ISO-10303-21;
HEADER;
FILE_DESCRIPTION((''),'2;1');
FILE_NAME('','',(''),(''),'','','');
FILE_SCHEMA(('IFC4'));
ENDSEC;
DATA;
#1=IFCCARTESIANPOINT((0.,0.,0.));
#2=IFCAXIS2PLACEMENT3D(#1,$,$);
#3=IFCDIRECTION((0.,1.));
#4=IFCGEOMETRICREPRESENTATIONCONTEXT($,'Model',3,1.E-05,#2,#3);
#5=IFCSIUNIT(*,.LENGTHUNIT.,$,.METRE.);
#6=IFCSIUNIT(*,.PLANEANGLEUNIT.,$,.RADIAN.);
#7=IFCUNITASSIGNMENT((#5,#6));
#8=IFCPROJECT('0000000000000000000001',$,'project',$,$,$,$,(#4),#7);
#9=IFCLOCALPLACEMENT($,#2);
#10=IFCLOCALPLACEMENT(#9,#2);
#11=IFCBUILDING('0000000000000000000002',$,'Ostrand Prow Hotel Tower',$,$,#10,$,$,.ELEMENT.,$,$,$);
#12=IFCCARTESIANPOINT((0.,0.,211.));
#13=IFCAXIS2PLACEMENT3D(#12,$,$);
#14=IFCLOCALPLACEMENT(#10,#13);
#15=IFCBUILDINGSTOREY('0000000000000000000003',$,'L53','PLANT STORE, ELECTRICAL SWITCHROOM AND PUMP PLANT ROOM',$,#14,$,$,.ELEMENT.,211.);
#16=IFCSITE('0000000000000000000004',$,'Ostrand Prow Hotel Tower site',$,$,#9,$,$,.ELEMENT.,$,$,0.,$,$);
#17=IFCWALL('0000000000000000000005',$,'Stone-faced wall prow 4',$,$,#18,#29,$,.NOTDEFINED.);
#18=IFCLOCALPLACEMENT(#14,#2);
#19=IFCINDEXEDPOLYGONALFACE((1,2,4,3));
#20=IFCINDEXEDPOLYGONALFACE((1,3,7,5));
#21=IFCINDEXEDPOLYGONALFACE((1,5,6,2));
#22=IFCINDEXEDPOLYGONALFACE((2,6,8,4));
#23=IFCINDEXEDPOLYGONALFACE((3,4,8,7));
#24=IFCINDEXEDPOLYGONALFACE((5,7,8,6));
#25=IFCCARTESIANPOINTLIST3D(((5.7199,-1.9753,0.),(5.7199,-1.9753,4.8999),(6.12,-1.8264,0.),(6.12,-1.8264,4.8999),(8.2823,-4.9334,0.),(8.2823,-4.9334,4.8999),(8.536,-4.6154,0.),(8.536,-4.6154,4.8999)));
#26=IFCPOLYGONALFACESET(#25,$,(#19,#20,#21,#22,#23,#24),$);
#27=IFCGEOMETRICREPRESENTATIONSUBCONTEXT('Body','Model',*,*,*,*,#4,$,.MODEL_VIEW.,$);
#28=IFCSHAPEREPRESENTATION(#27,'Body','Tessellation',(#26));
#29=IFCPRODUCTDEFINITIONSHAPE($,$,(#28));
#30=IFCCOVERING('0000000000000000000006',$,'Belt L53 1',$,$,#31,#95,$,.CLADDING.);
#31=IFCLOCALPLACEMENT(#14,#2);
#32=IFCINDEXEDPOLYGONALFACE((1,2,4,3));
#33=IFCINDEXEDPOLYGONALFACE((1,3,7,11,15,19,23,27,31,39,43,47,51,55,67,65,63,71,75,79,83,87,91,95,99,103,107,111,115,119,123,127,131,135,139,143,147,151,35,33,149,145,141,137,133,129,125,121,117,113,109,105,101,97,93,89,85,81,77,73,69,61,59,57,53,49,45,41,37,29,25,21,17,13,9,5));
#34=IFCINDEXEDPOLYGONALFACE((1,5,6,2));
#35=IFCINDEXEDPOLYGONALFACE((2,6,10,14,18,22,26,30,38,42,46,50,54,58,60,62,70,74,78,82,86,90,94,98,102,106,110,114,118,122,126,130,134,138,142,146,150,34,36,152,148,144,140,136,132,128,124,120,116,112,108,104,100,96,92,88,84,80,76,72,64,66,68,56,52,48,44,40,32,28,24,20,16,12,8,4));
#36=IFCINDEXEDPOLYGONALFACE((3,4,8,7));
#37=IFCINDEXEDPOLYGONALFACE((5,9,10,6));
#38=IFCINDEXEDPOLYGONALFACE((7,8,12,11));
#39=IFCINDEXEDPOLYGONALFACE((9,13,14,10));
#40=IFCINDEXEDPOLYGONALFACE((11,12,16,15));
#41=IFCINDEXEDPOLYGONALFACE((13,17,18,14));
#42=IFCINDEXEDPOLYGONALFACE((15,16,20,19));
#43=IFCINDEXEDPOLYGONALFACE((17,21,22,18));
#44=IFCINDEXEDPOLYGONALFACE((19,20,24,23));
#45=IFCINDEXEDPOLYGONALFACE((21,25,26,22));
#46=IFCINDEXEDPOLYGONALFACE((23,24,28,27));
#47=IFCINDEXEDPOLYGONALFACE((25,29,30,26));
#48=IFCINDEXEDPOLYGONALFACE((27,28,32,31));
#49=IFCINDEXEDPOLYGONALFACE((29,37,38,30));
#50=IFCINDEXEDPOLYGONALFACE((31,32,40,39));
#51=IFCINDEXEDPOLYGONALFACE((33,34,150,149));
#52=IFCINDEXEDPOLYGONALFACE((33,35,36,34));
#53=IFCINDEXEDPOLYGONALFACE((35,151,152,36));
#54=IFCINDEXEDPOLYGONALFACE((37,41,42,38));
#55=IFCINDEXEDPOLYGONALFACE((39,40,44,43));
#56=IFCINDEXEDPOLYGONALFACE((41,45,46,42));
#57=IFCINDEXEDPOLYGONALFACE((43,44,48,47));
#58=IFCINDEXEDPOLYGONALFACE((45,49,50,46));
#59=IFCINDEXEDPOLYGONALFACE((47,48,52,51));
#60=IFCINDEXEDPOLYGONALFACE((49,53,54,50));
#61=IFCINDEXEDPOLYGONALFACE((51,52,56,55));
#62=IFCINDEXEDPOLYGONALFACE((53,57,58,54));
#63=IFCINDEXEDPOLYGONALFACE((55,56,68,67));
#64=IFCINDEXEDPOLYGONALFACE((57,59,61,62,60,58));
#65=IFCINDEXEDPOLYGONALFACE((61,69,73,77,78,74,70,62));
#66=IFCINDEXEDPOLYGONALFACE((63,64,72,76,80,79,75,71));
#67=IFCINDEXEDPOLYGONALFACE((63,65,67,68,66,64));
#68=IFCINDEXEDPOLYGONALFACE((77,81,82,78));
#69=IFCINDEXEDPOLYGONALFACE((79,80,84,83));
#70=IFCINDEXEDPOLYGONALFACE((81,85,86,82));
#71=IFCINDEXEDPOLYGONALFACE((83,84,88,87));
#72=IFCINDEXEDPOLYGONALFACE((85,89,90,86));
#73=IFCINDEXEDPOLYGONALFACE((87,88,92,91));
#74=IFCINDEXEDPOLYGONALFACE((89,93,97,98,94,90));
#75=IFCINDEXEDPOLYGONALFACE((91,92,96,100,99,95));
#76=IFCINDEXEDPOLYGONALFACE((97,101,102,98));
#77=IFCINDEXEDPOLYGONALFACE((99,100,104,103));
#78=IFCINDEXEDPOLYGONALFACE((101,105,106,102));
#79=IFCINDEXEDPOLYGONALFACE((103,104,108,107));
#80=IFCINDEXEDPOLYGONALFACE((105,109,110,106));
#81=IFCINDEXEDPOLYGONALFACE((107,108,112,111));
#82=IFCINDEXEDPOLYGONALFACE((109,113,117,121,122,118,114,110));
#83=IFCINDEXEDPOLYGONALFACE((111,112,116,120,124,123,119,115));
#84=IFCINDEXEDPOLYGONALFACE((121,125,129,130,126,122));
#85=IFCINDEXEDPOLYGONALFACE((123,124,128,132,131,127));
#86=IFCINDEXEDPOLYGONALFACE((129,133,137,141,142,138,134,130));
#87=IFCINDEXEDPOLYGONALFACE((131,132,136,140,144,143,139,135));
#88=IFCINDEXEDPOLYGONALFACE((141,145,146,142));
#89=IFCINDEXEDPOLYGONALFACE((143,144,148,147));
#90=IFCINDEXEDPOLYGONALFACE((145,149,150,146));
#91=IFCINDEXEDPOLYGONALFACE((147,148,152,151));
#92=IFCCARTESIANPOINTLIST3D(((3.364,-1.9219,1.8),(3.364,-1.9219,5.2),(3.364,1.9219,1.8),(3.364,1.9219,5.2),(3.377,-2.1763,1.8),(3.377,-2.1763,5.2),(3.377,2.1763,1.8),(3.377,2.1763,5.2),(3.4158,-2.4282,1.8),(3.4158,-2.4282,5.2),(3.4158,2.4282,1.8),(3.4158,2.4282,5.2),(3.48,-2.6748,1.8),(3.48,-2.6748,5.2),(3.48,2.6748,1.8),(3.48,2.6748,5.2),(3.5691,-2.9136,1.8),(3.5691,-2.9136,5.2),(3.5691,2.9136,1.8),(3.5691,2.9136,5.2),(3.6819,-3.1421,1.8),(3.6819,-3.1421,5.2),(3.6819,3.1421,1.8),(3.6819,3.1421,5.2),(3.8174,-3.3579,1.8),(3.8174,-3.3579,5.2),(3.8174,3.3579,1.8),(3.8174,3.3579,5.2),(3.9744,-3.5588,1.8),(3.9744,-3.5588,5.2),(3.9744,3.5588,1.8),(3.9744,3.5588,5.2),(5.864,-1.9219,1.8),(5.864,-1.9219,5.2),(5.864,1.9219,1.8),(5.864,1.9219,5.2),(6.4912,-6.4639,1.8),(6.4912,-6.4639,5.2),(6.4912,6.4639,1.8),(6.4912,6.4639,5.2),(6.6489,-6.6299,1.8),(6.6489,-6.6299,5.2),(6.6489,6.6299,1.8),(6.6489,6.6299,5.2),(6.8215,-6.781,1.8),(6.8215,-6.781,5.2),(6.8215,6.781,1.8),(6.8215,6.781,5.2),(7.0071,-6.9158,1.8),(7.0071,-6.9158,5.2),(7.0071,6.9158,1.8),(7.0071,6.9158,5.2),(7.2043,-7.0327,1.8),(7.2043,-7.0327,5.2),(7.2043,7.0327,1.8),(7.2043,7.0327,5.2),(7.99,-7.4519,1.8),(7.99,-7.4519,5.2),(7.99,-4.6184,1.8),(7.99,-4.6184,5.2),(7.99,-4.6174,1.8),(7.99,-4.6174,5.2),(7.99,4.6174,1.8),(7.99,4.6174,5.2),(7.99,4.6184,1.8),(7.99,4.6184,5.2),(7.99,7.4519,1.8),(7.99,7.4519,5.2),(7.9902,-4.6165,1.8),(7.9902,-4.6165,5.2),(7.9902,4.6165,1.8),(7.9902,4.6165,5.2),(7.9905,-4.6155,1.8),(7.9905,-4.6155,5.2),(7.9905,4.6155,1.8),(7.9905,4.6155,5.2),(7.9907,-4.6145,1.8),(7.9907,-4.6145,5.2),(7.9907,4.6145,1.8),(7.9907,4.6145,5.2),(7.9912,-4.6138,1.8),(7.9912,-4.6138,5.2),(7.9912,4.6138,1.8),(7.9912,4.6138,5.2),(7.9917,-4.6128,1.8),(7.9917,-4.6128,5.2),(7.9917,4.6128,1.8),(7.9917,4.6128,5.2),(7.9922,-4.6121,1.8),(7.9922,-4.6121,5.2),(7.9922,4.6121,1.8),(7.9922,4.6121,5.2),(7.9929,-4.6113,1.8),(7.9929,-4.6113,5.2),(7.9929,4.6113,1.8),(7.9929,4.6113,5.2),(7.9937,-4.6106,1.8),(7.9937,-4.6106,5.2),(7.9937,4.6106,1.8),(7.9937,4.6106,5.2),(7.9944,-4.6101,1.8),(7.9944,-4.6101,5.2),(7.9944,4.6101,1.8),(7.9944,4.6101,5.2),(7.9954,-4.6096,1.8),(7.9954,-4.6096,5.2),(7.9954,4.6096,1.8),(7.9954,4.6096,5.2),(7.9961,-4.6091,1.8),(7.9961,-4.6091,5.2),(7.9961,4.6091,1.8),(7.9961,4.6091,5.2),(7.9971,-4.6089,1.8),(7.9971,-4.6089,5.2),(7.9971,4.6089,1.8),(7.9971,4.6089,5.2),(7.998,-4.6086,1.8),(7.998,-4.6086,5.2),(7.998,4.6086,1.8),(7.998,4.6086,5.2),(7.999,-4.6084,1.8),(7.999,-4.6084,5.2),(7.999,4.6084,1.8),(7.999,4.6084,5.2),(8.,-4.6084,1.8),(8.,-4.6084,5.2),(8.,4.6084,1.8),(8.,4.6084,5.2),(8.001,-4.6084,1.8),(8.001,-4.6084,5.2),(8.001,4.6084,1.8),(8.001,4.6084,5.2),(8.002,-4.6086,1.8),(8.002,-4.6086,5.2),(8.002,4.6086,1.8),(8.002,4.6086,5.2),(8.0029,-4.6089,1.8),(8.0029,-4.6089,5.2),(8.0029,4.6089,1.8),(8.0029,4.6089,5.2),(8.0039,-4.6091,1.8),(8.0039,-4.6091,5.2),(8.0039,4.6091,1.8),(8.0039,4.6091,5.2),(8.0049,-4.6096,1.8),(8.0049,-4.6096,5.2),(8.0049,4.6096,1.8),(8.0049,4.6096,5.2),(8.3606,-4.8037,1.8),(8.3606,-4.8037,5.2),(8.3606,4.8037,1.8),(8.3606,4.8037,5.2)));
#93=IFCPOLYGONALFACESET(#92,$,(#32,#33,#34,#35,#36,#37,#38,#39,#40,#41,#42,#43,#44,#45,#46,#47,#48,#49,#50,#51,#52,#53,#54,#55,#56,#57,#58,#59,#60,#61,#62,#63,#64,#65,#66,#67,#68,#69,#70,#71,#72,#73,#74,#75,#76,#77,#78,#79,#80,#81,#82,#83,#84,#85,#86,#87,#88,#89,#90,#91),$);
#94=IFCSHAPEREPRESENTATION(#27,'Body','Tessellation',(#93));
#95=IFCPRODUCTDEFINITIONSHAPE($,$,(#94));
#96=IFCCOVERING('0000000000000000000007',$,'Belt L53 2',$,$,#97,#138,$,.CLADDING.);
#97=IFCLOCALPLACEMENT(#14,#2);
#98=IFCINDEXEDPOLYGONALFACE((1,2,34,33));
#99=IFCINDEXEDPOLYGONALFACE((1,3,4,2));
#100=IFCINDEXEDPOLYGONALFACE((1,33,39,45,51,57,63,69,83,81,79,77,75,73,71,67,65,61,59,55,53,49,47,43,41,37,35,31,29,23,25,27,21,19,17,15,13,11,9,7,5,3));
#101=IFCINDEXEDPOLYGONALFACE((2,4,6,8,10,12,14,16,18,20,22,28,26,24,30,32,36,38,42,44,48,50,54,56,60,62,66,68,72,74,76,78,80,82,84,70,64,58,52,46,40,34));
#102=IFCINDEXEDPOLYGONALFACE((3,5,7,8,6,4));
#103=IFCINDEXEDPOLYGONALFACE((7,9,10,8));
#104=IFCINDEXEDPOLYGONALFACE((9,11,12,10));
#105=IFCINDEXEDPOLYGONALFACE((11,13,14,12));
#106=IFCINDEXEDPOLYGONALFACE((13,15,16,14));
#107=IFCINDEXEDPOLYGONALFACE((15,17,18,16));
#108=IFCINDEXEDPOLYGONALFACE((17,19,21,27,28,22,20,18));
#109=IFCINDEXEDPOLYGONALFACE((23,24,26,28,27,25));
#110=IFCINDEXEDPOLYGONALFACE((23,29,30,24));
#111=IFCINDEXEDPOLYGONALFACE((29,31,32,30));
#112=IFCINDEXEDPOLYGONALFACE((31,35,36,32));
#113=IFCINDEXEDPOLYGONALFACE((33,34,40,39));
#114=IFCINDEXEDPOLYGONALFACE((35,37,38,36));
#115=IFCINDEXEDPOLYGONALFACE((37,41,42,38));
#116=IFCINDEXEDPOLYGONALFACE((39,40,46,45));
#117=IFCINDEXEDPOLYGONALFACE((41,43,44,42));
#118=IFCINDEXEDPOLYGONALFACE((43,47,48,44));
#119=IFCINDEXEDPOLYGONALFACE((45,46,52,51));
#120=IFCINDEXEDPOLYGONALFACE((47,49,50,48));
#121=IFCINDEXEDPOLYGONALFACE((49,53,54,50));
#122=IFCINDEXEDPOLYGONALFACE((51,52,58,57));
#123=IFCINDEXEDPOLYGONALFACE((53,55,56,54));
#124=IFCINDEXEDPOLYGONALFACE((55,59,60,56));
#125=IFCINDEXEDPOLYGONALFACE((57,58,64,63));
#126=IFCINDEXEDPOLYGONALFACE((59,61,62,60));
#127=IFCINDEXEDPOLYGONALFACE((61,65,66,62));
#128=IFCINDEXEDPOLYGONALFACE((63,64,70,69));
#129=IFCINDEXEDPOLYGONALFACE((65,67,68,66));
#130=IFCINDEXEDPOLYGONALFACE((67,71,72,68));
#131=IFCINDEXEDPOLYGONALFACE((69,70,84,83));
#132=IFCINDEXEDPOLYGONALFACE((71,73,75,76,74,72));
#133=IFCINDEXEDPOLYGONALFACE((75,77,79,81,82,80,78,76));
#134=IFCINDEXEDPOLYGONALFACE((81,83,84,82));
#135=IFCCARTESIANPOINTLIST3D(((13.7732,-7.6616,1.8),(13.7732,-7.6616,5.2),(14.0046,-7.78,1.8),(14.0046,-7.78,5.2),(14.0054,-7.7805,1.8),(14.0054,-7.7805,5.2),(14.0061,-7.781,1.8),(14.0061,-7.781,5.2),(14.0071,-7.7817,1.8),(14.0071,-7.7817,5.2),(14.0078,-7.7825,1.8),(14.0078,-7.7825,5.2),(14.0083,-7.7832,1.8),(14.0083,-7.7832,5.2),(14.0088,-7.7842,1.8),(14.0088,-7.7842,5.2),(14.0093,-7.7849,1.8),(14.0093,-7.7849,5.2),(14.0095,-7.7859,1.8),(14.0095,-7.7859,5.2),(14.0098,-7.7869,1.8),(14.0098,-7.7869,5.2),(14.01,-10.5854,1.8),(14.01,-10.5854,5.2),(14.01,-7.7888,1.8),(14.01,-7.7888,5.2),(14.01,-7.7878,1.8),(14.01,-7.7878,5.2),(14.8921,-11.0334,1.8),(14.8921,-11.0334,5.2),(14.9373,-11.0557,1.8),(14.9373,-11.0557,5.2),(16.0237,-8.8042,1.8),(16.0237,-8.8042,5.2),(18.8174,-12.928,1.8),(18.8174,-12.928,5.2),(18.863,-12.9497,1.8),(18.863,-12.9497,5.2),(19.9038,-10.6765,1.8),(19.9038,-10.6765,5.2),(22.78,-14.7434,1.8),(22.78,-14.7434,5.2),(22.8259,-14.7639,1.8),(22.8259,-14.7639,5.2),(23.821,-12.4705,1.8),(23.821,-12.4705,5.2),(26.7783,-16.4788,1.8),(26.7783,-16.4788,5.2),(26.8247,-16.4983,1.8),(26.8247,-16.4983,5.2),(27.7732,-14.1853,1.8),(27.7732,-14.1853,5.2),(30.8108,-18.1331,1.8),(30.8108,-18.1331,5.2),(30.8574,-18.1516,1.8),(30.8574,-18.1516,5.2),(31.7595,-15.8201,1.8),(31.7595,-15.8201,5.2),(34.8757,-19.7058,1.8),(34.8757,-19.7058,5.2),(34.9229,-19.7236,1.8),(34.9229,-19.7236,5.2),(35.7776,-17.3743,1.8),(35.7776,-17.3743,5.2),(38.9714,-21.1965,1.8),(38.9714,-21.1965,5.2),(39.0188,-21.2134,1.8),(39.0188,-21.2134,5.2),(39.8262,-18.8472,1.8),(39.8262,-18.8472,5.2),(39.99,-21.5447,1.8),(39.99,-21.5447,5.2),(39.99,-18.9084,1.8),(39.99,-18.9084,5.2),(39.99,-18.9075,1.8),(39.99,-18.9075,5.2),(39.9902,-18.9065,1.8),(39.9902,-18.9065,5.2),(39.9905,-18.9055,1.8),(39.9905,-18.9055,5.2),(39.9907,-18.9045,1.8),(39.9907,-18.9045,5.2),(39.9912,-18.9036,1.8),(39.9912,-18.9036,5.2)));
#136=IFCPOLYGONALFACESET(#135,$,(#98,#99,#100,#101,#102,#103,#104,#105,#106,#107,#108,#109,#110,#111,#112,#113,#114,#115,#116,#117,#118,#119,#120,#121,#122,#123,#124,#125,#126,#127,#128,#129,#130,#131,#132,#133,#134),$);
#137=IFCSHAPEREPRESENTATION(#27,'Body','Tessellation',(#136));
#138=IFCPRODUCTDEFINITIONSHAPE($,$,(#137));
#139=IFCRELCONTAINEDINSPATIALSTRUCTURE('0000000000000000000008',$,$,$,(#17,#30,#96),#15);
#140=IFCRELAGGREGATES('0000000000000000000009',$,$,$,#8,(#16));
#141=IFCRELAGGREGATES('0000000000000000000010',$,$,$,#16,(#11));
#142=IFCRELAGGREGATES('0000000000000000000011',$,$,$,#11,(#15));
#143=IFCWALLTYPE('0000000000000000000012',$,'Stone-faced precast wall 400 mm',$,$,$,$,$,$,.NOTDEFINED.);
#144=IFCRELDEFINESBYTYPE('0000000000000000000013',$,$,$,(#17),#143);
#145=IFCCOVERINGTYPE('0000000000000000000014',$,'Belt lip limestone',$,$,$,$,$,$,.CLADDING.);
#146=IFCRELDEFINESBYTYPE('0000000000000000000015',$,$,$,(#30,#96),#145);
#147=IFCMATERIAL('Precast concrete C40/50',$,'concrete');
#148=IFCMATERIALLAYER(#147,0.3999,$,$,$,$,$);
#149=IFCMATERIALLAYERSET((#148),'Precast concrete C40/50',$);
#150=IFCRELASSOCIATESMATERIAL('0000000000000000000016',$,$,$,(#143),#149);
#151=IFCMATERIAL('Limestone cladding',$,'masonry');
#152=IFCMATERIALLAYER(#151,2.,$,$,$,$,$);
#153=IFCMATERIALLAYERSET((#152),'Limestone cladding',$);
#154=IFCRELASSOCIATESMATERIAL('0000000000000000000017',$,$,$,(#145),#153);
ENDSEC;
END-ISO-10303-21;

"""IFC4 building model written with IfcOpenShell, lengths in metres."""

from ifc_helpers import new_model, si_unit, direction, frame, origin, place, context, subcontext, project, spatial, polyline, outline, extrude, material, layer, layer_set, type_object, element, save


model = new_model("IFC4")

# Units and contexts
model_context = context("Model", 3, precision=1e-05, world=origin(), true_north=direction((0.0, 1.0)))
body_context = subcontext(model_context, "Body", "Model", "MODEL_VIEW")
ifc_project = project(units=[si_unit("LENGTHUNIT", "METRE"), si_unit("PLANEANGLEUNIT", "RADIAN")], contexts=[model_context])

# Site, building, storey
site_placement = place(None, origin())
site = spatial("IfcSite", under=ifc_project, at=site_placement, Name="Ostrand Prow Hotel Tower site", CompositionType="ELEMENT", RefElevation=0.0)
building_placement = place(site_placement, origin())
building = spatial("IfcBuilding", under=site, at=building_placement, Name="Ostrand Prow Hotel Tower", CompositionType="ELEMENT")
storey_placement = place(building_placement, frame((0.0, 0.0, 211.0)))
storey = spatial("IfcBuildingStorey", under=building, at=storey_placement, Name="L53", Description="PLANT STORE, ELECTRICAL SWITCHROOM AND PUMP PLANT ROOM", CompositionType="ELEMENT", Elevation=211.0)

# Wall
ifc_material_1 = material(Name="Precast concrete C40/50", Category="concrete")
ifc_layer_1 = layer(ifc_material_1, 0.3999)
ifc_layer_set_1 = layer_set([ifc_layer_1], Name="Precast concrete C40/50")
wall_type_1 = type_object("IfcWallType", Name="Stone-faced precast wall 400 mm", PredefinedType="NOTDEFINED", material=ifc_layer_set_1)
wall_1_placement = place(storey_placement, frame((5.9199, -1.9009, 0.0), z_axis=(0.0, 0.0, 1.0), x_axis=(0.654759, -0.755837, 0.0)))
element("IfcWall", 1, at=wall_1_placement, inside=storey, type_object=wall_type_1, Name="Stone-faced wall prow 4", PredefinedType="NOTDEFINED", context=body_context, shape_type="SweptSolid", body=[
    extrude(outline(polyline([(-0.0747, -0.2), (3.8389, -0.2), (3.7646, 0.2), (0.0747, 0.2), (-0.0747, -0.2)])), origin(), (0.0, 0.0, 1.0), 4.8999),
])

# Coverings
ifc_material_2 = material(Name="Limestone cladding", Category="masonry")
ifc_layer_2 = layer(ifc_material_2, 2.0)
ifc_layer_set_2 = layer_set([ifc_layer_2], Name="Limestone cladding")
covering_type_1 = type_object("IfcCoveringType", Name="Belt lip limestone", PredefinedType="CLADDING", material=ifc_layer_set_2)
covering_1_placement = place(storey_placement, frame((0.0, 0.0, 1.8)))
element("IfcCovering", 2, at=covering_1_placement, inside=storey, type_object=covering_type_1, Name="Belt L53 1", PredefinedType="CLADDING", context=body_context, shape_type="SweptSolid", body=[
    extrude(outline(polyline([(7.2043, -7.0327), (7.99, -7.4519), (7.99, -4.6184), (7.99, -4.6174), (7.9902, -4.6165), (7.9905, -4.6155), (7.9907, -4.6145), (7.9912, -4.6138), (7.9917, -4.6128), (7.9922, -4.6121), (7.9929, -4.6113), (7.9937, -4.6106), (7.9944, -4.6101), (7.9954, -4.6096), (7.9961, -4.6091), (7.9971, -4.6089), (7.998, -4.6086), (7.999, -4.6084), (8.0, -4.6084), (8.001, -4.6084), (8.002, -4.6086), (8.0029, -4.6089), (8.0039, -4.6091), (8.0049, -4.6096), (8.3606, -4.8037), (5.864, -1.9219), (5.864, 1.9219), (8.3606, 4.8037), (8.0049, 4.6096), (8.0039, 4.6091), (8.0029, 4.6089), (8.002, 4.6086), (8.001, 4.6084), (8.0, 4.6084), (7.999, 4.6084), (7.998, 4.6086), (7.9971, 4.6089), (7.9961, 4.6091), (7.9954, 4.6096), (7.9944, 4.6101), (7.9937, 4.6106), (7.9929, 4.6113), (7.9922, 4.6121), (7.9917, 4.6128), (7.9912, 4.6138), (7.9907, 4.6145), (7.9905, 4.6155), (7.9902, 4.6165), (7.99, 4.6174), (7.99, 4.6184), (7.99, 7.4519), (7.2043, 7.0327), (7.0071, 6.9158), (6.8215, 6.781), (6.6489, 6.6299), (6.4912, 6.4639), (3.9744, 3.5588), (3.8174, 3.3579), (3.6819, 3.1421), (3.5691, 2.9136), (3.48, 2.6748), (3.4158, 2.4282), (3.377, 2.1763), (3.364, 1.9219), (3.364, -1.9219), (3.377, -2.1763), (3.4158, -2.4282), (3.48, -2.6748), (3.5691, -2.9136), (3.6819, -3.1421), (3.8174, -3.3579), (3.9744, -3.5588), (6.4912, -6.4639), (6.6489, -6.6299), (6.8215, -6.781), (7.0071, -6.9158), (7.2043, -7.0327)])), origin(), (0.0, 0.0, 1.0), 3.3999),
])
covering_2_placement = place(storey_placement, frame((0.0, 0.0, 1.8)))
element("IfcCovering", 3, at=covering_2_placement, inside=storey, type_object=covering_type_1, Name="Belt L53 2", PredefinedType="CLADDING", context=body_context, shape_type="SweptSolid", body=[
    extrude(outline(polyline([(39.0188, -21.2134), (39.99, -21.5447), (39.99, -18.9084), (39.99, -18.9075), (39.9902, -18.9065), (39.9905, -18.9055), (39.9907, -18.9045), (39.9912, -18.9036), (39.9912, -18.9036), (39.8262, -18.8472), (35.7776, -17.3743), (31.7595, -15.8201), (27.7732, -14.1853), (23.821, -12.4705), (19.9038, -10.6765), (16.0237, -8.8042), (13.7732, -7.6616), (14.0046, -7.78), (14.0054, -7.7805), (14.0061, -7.781), (14.0071, -7.7817), (14.0078, -7.7825), (14.0083, -7.7832), (14.0088, -7.7842), (14.0093, -7.7849), (14.0095, -7.7859), (14.0098, -7.7869), (14.01, -7.7878), (14.01, -7.7888), (14.01, -10.5854), (14.8921, -11.0334), (14.9373, -11.0557), (18.8174, -12.928), (18.863, -12.9497), (22.78, -14.7434), (22.8259, -14.7639), (26.7783, -16.4788), (26.8247, -16.4983), (30.8108, -18.1331), (30.8574, -18.1516), (34.8757, -19.7058), (34.9229, -19.7236), (38.9714, -21.1965), (39.0188, -21.2134)])), origin(), (0.0, 0.0, 1.0), 3.3999),
])

save(model, "model.ifc")
